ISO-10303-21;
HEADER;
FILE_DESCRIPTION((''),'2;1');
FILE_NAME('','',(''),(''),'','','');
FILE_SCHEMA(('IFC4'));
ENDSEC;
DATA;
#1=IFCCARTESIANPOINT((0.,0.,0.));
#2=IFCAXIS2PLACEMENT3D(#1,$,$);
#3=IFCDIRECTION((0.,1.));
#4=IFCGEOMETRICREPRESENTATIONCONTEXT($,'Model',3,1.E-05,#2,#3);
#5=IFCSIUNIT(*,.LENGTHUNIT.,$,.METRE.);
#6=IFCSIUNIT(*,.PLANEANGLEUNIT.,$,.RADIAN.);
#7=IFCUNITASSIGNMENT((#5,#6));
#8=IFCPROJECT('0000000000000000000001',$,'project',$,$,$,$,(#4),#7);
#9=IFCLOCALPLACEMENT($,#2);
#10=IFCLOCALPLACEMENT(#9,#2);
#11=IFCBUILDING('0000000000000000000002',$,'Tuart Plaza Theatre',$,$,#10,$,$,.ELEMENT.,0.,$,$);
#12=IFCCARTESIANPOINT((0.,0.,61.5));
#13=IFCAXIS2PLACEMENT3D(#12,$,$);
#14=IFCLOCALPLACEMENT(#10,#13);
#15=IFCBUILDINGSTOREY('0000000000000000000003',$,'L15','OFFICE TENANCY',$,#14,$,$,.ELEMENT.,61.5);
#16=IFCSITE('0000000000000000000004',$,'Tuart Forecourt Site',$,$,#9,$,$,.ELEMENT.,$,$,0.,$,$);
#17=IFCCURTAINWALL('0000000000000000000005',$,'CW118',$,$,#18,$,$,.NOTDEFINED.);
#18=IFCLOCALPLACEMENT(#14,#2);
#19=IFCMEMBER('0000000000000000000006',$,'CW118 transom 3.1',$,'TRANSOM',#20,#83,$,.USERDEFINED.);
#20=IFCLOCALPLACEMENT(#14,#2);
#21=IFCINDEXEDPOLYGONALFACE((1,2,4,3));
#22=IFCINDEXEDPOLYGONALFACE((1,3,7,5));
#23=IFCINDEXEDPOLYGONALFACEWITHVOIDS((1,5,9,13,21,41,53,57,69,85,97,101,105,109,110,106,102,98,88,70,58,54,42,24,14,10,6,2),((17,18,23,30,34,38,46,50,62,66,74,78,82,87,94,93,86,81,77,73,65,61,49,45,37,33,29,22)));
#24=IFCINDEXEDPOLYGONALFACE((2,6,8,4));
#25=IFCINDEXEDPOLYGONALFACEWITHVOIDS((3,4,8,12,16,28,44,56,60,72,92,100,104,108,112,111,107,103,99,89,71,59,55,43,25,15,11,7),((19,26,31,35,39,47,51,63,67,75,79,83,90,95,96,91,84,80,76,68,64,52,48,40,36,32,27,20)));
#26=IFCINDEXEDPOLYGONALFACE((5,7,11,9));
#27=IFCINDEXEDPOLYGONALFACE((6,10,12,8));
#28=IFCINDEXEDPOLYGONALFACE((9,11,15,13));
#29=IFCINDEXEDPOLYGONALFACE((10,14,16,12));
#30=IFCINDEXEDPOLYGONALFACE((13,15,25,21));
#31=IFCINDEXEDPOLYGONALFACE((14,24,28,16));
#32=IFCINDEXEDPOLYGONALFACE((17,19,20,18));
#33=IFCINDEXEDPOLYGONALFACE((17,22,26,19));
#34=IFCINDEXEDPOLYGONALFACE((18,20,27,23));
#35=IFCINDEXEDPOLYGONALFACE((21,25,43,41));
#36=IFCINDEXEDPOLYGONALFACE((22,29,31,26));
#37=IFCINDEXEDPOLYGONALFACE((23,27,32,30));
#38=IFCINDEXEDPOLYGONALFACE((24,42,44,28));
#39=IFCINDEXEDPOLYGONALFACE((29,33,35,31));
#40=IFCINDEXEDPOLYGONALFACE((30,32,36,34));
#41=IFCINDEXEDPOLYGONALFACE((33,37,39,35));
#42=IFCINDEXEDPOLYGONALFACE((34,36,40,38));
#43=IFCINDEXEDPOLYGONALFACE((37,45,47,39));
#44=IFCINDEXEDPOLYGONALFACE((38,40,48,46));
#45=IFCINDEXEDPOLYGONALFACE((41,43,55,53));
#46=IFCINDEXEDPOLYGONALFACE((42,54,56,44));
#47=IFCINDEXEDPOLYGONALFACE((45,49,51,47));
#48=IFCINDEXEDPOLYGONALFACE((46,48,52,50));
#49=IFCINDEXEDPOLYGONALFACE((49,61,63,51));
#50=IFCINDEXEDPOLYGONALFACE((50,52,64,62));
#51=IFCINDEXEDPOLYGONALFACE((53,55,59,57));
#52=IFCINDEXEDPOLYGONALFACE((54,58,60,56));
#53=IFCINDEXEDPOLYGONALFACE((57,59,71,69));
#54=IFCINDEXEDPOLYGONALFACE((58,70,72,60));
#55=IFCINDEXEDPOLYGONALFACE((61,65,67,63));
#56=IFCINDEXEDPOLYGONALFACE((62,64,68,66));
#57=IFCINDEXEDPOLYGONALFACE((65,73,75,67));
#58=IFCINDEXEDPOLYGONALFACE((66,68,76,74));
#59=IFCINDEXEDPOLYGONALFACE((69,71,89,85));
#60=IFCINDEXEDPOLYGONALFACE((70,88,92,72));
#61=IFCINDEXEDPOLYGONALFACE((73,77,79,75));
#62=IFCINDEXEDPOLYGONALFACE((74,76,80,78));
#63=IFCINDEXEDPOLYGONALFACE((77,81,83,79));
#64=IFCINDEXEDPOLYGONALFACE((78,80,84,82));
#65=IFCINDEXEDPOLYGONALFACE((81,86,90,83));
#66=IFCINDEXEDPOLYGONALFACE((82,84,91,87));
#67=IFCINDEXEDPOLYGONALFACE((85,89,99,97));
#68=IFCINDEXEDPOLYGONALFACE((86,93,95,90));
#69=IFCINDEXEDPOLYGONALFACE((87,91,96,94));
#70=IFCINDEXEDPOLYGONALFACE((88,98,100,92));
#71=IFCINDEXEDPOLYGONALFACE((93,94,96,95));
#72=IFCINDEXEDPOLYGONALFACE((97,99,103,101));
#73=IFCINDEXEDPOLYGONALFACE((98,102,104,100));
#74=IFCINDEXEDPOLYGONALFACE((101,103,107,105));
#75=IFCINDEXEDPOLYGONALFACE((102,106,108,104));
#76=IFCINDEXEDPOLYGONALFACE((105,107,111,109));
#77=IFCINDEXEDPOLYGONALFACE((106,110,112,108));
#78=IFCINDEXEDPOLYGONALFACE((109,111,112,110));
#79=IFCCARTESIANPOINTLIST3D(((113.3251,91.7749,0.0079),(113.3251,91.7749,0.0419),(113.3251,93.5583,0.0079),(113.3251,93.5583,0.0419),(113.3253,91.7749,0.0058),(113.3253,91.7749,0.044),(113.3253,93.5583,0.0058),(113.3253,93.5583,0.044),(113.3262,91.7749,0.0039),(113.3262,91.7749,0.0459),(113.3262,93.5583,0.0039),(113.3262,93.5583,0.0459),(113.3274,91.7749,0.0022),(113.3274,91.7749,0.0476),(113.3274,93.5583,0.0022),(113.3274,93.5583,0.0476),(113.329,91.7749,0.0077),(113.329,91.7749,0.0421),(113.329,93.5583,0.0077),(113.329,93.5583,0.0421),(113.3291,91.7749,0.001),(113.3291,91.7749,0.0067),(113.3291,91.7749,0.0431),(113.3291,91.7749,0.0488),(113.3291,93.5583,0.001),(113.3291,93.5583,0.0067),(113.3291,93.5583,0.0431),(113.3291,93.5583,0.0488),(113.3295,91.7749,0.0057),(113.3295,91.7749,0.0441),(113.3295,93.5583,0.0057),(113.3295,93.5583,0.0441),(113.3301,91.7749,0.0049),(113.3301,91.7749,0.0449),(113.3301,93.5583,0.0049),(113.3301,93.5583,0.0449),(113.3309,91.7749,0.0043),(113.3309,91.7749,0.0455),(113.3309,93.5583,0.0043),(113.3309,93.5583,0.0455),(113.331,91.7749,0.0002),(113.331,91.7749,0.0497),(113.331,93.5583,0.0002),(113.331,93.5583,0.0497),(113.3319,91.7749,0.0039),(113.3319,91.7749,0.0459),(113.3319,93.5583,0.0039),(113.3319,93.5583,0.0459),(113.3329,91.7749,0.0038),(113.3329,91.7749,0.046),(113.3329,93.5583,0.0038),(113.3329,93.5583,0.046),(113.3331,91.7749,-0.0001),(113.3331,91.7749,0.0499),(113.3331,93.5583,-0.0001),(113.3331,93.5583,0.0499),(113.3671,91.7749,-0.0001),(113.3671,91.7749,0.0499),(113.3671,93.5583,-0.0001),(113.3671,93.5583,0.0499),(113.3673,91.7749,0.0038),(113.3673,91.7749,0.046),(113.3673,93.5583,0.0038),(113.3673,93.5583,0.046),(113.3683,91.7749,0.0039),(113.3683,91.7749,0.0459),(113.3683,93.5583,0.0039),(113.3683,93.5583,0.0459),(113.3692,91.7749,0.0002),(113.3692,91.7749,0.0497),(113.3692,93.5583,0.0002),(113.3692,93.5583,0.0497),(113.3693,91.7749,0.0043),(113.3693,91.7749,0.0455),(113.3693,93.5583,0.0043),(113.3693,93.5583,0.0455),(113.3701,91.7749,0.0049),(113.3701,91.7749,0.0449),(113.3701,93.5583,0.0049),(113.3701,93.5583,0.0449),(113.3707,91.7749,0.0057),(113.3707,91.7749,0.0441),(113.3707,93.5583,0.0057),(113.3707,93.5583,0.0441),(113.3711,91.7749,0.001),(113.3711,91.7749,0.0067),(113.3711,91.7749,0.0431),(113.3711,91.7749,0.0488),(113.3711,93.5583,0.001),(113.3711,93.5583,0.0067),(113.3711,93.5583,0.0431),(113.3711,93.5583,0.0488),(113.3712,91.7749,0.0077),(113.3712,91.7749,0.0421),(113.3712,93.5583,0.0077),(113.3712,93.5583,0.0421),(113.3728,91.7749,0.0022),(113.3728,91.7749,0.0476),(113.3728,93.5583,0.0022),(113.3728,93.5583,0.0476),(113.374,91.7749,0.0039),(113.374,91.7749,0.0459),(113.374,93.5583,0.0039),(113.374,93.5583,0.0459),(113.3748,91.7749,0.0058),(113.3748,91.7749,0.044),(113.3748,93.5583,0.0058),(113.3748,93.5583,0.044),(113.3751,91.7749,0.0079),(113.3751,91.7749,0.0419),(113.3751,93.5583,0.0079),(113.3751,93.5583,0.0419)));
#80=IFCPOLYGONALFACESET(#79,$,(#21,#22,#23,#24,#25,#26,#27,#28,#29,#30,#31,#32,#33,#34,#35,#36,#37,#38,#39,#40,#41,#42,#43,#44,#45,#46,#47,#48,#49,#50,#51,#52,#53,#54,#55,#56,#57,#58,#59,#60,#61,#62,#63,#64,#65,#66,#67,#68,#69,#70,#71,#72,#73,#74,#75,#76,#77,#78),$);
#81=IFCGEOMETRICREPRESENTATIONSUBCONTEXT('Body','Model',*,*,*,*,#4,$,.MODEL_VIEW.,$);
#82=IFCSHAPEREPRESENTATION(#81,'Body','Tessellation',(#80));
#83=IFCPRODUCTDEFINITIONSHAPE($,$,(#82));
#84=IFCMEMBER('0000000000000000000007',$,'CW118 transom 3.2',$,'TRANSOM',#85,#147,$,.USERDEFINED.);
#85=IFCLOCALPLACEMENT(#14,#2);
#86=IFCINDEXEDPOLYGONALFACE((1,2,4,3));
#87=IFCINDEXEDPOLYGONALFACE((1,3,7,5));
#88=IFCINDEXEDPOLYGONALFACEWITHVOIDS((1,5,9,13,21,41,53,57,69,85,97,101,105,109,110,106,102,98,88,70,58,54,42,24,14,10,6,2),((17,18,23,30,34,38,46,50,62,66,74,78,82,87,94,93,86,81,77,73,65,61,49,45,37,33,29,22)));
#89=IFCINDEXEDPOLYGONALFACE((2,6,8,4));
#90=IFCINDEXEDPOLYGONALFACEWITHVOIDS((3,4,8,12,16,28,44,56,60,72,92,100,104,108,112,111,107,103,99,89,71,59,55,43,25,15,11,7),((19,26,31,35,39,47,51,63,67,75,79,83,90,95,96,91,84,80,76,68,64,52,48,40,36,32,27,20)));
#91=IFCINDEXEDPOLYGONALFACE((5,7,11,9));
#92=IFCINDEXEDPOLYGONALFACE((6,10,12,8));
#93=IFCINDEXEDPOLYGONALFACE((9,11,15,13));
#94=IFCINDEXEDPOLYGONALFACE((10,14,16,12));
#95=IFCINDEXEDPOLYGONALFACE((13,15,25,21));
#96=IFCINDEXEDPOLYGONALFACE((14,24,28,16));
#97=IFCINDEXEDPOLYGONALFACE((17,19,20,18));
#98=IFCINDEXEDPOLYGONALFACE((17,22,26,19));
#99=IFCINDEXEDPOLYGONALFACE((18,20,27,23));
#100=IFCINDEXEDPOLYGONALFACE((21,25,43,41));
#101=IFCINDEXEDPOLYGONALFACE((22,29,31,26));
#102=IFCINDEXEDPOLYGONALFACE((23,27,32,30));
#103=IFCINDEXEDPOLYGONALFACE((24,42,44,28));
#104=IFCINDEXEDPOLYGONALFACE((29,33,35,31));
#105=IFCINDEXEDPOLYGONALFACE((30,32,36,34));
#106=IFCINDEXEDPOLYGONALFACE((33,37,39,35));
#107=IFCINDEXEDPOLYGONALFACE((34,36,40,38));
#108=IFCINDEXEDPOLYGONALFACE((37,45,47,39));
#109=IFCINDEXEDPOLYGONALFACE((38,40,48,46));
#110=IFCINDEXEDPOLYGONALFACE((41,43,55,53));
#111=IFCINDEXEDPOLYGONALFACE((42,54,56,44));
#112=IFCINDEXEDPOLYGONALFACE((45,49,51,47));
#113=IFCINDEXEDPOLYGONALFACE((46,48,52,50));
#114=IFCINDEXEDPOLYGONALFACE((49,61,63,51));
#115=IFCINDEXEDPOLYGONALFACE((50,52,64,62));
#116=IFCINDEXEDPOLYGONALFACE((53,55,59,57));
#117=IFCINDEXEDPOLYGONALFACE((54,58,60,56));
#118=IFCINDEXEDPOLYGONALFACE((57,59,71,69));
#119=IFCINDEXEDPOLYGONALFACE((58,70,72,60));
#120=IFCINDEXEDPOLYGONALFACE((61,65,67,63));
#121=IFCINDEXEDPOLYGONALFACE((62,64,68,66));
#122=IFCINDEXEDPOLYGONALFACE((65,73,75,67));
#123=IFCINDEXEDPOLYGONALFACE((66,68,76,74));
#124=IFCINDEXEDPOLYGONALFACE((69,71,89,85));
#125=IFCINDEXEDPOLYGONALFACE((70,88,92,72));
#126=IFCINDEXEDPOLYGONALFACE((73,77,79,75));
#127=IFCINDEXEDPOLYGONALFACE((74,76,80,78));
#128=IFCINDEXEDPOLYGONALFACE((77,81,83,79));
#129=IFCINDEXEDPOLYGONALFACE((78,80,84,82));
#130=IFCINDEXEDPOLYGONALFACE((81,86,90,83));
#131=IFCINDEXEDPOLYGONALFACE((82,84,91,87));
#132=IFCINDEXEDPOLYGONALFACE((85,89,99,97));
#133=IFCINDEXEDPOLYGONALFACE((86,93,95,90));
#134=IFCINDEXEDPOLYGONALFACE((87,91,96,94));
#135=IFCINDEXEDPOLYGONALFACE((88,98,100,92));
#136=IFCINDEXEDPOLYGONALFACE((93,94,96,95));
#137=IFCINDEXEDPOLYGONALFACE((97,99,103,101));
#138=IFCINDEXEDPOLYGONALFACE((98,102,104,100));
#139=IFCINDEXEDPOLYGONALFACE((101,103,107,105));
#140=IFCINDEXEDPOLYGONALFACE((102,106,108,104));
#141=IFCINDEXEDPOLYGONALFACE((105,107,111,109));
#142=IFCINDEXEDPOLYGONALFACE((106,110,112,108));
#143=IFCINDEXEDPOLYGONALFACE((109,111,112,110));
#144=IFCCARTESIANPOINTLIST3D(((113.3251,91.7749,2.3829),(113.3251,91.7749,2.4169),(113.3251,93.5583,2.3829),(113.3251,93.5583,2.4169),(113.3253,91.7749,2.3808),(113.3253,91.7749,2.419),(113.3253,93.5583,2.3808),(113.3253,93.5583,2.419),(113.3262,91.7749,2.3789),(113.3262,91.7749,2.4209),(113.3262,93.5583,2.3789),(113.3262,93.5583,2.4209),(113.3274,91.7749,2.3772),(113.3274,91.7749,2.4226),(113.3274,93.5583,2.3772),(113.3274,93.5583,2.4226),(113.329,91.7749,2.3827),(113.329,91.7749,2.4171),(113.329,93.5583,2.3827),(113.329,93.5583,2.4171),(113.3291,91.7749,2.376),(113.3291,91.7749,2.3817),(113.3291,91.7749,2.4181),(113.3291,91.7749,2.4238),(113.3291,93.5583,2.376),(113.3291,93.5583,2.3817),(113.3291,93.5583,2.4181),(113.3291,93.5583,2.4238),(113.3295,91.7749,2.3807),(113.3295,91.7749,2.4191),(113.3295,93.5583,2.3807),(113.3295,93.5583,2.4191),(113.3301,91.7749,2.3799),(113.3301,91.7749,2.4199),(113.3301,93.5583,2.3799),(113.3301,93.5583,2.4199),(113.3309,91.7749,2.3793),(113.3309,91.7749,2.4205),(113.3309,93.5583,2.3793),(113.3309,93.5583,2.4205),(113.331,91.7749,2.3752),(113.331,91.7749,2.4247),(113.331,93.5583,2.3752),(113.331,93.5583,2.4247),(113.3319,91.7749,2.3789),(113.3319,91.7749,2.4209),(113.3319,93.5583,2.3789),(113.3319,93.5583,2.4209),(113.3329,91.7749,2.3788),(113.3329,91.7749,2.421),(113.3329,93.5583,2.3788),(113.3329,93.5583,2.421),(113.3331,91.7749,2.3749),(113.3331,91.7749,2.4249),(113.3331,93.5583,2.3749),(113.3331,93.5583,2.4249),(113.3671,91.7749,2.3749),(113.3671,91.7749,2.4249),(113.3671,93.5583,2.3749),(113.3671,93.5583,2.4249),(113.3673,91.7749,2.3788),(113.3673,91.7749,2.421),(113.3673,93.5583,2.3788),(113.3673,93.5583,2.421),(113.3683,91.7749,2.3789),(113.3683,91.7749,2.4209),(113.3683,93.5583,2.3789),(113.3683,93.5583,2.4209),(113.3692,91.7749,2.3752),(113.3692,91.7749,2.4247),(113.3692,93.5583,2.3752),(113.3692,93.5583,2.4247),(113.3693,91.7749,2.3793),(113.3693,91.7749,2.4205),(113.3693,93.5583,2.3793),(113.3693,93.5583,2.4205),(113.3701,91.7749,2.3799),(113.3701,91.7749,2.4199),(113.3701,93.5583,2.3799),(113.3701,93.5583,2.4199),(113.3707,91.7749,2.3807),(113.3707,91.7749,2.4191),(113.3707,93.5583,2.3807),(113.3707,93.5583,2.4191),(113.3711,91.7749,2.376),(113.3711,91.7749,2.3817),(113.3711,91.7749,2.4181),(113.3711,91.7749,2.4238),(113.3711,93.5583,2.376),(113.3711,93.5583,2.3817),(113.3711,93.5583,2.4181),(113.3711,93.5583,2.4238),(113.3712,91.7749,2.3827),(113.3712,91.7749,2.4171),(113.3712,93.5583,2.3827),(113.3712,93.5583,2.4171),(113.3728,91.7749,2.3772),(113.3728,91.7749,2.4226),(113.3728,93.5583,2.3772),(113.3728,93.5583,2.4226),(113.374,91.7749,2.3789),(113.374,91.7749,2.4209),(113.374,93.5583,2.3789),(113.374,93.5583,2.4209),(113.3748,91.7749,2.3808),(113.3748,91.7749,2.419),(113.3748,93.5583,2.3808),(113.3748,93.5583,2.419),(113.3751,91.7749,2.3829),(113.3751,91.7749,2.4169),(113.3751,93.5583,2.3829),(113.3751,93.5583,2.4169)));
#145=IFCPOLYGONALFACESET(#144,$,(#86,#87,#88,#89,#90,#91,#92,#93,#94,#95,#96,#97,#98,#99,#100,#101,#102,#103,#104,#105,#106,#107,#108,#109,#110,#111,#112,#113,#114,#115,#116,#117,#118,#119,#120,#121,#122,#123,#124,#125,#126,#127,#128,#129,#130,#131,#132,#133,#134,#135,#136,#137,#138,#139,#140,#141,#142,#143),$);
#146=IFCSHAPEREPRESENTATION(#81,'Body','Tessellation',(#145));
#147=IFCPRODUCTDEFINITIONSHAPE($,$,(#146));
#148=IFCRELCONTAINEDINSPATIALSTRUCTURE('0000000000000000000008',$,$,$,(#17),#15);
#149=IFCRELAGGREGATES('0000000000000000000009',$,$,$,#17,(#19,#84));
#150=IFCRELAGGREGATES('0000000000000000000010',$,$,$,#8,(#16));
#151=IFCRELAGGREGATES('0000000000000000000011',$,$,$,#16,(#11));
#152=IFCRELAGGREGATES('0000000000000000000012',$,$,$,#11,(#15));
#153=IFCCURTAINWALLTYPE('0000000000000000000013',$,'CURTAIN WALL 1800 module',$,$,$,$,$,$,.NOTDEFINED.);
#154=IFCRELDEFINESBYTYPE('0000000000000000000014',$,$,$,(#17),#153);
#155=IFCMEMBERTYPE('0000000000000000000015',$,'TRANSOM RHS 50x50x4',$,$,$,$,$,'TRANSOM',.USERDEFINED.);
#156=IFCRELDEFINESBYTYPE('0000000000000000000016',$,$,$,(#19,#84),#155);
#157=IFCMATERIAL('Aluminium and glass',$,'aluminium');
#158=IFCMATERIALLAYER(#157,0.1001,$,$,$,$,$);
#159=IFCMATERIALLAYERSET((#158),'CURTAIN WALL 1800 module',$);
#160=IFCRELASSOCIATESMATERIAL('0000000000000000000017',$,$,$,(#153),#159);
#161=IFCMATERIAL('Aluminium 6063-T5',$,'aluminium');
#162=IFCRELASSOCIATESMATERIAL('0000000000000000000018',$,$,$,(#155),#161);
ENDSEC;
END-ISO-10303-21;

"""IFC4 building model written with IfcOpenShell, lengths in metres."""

from ifc_helpers import new_model, si_unit, direction, frame, origin, origin_2d, place, context, subcontext, project, spatial, hollow_rectangle, extrude, material, layer, layer_set, material_profile, profile_set, type_object, element, aggregate, save


model = new_model("IFC4")

# Units and contexts
model_context = context("Model", 3, precision=1e-05, world=origin(), true_north=direction((0.0, 1.0)))
body_context = subcontext(model_context, "Body", "Model", "MODEL_VIEW")
ifc_project = project(units=[si_unit("LENGTHUNIT", "METRE"), si_unit("PLANEANGLEUNIT", "RADIAN")], contexts=[model_context])

# Site, building, storey
site_placement = place(None, origin())
site = spatial("IfcSite", under=ifc_project, at=site_placement, Name="Tuart Forecourt Site", CompositionType="ELEMENT", RefElevation=0.0)
building_placement = place(site_placement, origin())
building = spatial("IfcBuilding", under=site, at=building_placement, Name="Tuart Plaza Theatre", CompositionType="ELEMENT", ElevationOfRefHeight=0.0)
storey_placement = place(building_placement, frame((0.0, 0.0, 61.5)))
storey = spatial("IfcBuildingStorey", under=building, at=storey_placement, Name="L15", Description="OFFICE TENANCY", CompositionType="ELEMENT", Elevation=61.5)

# Curtain wall, members
ifc_material_1 = material(Name="Aluminium and glass", Category="aluminium")
ifc_layer_1 = layer(ifc_material_1, 0.1001)
ifc_layer_set_1 = layer_set([ifc_layer_1], Name="CURTAIN WALL 1800 module")
curtain_wall_type = type_object("IfcCurtainWallType", Name="CURTAIN WALL 1800 module", PredefinedType="NOTDEFINED", material=ifc_layer_set_1)
curtain_wall_placement = place(storey_placement, origin())
curtain_wall = element("IfcCurtainWall", 1, at=curtain_wall_placement, inside=storey, type_object=curtain_wall_type, Name="CW118", PredefinedType="NOTDEFINED")
ifc_material_2 = material(Name="Aluminium 6063-T5", Category="aluminium")
ifc_material_profile_1 = material_profile(ifc_material_2, hollow_rectangle(XDim=0.05, YDim=0.05, WallThickness=0.0039, InnerFilletRadius=0.0039, OuterFilletRadius=0.0081, at=origin_2d()), Name="RHS 50x50x4")
ifc_profile_set_1 = profile_set([ifc_material_profile_1], Name="Aluminium 6063-T5")
member_type_1 = type_object("IfcMemberType", Name="TRANSOM RHS 50x50x4", ElementType="TRANSOM", PredefinedType="USERDEFINED", material=ifc_profile_set_1)
member_1_placement = place(storey_placement, frame((113.3501, 93.5583, 0.0249), z_axis=(0.0, -1.0, 0.0), x_axis=(1.0, 0.0, 0.0)))
member_1 = element("IfcMember", 2, at=member_1_placement, type_object=member_type_1, Name="CW118 transom 3.1", ObjectType="TRANSOM", PredefinedType="USERDEFINED", context=body_context, shape_type="SweptSolid", body=[
    extrude(hollow_rectangle(XDim=0.05, YDim=0.05, WallThickness=0.0039, InnerFilletRadius=0.0039, OuterFilletRadius=0.0081, at=origin_2d()), origin(), (0.0, 0.0, 1.0), 1.7834),
])
member_2_placement = place(storey_placement, frame((113.3501, 93.5583, 2.3999), z_axis=(0.0, -1.0, 0.0), x_axis=(1.0, 0.0, 0.0)))
member_2 = element("IfcMember", 3, at=member_2_placement, type_object=member_type_1, Name="CW118 transom 3.2", ObjectType="TRANSOM", PredefinedType="USERDEFINED", context=body_context, shape_type="SweptSolid", body=[
    extrude(hollow_rectangle(XDim=0.05, YDim=0.05, WallThickness=0.0039, InnerFilletRadius=0.0039, OuterFilletRadius=0.0081, at=origin_2d()), origin(), (0.0, 0.0, 1.0), 1.7834),
])
aggregate(curtain_wall, [member_1, member_2])

save(model, "model.ifc")
